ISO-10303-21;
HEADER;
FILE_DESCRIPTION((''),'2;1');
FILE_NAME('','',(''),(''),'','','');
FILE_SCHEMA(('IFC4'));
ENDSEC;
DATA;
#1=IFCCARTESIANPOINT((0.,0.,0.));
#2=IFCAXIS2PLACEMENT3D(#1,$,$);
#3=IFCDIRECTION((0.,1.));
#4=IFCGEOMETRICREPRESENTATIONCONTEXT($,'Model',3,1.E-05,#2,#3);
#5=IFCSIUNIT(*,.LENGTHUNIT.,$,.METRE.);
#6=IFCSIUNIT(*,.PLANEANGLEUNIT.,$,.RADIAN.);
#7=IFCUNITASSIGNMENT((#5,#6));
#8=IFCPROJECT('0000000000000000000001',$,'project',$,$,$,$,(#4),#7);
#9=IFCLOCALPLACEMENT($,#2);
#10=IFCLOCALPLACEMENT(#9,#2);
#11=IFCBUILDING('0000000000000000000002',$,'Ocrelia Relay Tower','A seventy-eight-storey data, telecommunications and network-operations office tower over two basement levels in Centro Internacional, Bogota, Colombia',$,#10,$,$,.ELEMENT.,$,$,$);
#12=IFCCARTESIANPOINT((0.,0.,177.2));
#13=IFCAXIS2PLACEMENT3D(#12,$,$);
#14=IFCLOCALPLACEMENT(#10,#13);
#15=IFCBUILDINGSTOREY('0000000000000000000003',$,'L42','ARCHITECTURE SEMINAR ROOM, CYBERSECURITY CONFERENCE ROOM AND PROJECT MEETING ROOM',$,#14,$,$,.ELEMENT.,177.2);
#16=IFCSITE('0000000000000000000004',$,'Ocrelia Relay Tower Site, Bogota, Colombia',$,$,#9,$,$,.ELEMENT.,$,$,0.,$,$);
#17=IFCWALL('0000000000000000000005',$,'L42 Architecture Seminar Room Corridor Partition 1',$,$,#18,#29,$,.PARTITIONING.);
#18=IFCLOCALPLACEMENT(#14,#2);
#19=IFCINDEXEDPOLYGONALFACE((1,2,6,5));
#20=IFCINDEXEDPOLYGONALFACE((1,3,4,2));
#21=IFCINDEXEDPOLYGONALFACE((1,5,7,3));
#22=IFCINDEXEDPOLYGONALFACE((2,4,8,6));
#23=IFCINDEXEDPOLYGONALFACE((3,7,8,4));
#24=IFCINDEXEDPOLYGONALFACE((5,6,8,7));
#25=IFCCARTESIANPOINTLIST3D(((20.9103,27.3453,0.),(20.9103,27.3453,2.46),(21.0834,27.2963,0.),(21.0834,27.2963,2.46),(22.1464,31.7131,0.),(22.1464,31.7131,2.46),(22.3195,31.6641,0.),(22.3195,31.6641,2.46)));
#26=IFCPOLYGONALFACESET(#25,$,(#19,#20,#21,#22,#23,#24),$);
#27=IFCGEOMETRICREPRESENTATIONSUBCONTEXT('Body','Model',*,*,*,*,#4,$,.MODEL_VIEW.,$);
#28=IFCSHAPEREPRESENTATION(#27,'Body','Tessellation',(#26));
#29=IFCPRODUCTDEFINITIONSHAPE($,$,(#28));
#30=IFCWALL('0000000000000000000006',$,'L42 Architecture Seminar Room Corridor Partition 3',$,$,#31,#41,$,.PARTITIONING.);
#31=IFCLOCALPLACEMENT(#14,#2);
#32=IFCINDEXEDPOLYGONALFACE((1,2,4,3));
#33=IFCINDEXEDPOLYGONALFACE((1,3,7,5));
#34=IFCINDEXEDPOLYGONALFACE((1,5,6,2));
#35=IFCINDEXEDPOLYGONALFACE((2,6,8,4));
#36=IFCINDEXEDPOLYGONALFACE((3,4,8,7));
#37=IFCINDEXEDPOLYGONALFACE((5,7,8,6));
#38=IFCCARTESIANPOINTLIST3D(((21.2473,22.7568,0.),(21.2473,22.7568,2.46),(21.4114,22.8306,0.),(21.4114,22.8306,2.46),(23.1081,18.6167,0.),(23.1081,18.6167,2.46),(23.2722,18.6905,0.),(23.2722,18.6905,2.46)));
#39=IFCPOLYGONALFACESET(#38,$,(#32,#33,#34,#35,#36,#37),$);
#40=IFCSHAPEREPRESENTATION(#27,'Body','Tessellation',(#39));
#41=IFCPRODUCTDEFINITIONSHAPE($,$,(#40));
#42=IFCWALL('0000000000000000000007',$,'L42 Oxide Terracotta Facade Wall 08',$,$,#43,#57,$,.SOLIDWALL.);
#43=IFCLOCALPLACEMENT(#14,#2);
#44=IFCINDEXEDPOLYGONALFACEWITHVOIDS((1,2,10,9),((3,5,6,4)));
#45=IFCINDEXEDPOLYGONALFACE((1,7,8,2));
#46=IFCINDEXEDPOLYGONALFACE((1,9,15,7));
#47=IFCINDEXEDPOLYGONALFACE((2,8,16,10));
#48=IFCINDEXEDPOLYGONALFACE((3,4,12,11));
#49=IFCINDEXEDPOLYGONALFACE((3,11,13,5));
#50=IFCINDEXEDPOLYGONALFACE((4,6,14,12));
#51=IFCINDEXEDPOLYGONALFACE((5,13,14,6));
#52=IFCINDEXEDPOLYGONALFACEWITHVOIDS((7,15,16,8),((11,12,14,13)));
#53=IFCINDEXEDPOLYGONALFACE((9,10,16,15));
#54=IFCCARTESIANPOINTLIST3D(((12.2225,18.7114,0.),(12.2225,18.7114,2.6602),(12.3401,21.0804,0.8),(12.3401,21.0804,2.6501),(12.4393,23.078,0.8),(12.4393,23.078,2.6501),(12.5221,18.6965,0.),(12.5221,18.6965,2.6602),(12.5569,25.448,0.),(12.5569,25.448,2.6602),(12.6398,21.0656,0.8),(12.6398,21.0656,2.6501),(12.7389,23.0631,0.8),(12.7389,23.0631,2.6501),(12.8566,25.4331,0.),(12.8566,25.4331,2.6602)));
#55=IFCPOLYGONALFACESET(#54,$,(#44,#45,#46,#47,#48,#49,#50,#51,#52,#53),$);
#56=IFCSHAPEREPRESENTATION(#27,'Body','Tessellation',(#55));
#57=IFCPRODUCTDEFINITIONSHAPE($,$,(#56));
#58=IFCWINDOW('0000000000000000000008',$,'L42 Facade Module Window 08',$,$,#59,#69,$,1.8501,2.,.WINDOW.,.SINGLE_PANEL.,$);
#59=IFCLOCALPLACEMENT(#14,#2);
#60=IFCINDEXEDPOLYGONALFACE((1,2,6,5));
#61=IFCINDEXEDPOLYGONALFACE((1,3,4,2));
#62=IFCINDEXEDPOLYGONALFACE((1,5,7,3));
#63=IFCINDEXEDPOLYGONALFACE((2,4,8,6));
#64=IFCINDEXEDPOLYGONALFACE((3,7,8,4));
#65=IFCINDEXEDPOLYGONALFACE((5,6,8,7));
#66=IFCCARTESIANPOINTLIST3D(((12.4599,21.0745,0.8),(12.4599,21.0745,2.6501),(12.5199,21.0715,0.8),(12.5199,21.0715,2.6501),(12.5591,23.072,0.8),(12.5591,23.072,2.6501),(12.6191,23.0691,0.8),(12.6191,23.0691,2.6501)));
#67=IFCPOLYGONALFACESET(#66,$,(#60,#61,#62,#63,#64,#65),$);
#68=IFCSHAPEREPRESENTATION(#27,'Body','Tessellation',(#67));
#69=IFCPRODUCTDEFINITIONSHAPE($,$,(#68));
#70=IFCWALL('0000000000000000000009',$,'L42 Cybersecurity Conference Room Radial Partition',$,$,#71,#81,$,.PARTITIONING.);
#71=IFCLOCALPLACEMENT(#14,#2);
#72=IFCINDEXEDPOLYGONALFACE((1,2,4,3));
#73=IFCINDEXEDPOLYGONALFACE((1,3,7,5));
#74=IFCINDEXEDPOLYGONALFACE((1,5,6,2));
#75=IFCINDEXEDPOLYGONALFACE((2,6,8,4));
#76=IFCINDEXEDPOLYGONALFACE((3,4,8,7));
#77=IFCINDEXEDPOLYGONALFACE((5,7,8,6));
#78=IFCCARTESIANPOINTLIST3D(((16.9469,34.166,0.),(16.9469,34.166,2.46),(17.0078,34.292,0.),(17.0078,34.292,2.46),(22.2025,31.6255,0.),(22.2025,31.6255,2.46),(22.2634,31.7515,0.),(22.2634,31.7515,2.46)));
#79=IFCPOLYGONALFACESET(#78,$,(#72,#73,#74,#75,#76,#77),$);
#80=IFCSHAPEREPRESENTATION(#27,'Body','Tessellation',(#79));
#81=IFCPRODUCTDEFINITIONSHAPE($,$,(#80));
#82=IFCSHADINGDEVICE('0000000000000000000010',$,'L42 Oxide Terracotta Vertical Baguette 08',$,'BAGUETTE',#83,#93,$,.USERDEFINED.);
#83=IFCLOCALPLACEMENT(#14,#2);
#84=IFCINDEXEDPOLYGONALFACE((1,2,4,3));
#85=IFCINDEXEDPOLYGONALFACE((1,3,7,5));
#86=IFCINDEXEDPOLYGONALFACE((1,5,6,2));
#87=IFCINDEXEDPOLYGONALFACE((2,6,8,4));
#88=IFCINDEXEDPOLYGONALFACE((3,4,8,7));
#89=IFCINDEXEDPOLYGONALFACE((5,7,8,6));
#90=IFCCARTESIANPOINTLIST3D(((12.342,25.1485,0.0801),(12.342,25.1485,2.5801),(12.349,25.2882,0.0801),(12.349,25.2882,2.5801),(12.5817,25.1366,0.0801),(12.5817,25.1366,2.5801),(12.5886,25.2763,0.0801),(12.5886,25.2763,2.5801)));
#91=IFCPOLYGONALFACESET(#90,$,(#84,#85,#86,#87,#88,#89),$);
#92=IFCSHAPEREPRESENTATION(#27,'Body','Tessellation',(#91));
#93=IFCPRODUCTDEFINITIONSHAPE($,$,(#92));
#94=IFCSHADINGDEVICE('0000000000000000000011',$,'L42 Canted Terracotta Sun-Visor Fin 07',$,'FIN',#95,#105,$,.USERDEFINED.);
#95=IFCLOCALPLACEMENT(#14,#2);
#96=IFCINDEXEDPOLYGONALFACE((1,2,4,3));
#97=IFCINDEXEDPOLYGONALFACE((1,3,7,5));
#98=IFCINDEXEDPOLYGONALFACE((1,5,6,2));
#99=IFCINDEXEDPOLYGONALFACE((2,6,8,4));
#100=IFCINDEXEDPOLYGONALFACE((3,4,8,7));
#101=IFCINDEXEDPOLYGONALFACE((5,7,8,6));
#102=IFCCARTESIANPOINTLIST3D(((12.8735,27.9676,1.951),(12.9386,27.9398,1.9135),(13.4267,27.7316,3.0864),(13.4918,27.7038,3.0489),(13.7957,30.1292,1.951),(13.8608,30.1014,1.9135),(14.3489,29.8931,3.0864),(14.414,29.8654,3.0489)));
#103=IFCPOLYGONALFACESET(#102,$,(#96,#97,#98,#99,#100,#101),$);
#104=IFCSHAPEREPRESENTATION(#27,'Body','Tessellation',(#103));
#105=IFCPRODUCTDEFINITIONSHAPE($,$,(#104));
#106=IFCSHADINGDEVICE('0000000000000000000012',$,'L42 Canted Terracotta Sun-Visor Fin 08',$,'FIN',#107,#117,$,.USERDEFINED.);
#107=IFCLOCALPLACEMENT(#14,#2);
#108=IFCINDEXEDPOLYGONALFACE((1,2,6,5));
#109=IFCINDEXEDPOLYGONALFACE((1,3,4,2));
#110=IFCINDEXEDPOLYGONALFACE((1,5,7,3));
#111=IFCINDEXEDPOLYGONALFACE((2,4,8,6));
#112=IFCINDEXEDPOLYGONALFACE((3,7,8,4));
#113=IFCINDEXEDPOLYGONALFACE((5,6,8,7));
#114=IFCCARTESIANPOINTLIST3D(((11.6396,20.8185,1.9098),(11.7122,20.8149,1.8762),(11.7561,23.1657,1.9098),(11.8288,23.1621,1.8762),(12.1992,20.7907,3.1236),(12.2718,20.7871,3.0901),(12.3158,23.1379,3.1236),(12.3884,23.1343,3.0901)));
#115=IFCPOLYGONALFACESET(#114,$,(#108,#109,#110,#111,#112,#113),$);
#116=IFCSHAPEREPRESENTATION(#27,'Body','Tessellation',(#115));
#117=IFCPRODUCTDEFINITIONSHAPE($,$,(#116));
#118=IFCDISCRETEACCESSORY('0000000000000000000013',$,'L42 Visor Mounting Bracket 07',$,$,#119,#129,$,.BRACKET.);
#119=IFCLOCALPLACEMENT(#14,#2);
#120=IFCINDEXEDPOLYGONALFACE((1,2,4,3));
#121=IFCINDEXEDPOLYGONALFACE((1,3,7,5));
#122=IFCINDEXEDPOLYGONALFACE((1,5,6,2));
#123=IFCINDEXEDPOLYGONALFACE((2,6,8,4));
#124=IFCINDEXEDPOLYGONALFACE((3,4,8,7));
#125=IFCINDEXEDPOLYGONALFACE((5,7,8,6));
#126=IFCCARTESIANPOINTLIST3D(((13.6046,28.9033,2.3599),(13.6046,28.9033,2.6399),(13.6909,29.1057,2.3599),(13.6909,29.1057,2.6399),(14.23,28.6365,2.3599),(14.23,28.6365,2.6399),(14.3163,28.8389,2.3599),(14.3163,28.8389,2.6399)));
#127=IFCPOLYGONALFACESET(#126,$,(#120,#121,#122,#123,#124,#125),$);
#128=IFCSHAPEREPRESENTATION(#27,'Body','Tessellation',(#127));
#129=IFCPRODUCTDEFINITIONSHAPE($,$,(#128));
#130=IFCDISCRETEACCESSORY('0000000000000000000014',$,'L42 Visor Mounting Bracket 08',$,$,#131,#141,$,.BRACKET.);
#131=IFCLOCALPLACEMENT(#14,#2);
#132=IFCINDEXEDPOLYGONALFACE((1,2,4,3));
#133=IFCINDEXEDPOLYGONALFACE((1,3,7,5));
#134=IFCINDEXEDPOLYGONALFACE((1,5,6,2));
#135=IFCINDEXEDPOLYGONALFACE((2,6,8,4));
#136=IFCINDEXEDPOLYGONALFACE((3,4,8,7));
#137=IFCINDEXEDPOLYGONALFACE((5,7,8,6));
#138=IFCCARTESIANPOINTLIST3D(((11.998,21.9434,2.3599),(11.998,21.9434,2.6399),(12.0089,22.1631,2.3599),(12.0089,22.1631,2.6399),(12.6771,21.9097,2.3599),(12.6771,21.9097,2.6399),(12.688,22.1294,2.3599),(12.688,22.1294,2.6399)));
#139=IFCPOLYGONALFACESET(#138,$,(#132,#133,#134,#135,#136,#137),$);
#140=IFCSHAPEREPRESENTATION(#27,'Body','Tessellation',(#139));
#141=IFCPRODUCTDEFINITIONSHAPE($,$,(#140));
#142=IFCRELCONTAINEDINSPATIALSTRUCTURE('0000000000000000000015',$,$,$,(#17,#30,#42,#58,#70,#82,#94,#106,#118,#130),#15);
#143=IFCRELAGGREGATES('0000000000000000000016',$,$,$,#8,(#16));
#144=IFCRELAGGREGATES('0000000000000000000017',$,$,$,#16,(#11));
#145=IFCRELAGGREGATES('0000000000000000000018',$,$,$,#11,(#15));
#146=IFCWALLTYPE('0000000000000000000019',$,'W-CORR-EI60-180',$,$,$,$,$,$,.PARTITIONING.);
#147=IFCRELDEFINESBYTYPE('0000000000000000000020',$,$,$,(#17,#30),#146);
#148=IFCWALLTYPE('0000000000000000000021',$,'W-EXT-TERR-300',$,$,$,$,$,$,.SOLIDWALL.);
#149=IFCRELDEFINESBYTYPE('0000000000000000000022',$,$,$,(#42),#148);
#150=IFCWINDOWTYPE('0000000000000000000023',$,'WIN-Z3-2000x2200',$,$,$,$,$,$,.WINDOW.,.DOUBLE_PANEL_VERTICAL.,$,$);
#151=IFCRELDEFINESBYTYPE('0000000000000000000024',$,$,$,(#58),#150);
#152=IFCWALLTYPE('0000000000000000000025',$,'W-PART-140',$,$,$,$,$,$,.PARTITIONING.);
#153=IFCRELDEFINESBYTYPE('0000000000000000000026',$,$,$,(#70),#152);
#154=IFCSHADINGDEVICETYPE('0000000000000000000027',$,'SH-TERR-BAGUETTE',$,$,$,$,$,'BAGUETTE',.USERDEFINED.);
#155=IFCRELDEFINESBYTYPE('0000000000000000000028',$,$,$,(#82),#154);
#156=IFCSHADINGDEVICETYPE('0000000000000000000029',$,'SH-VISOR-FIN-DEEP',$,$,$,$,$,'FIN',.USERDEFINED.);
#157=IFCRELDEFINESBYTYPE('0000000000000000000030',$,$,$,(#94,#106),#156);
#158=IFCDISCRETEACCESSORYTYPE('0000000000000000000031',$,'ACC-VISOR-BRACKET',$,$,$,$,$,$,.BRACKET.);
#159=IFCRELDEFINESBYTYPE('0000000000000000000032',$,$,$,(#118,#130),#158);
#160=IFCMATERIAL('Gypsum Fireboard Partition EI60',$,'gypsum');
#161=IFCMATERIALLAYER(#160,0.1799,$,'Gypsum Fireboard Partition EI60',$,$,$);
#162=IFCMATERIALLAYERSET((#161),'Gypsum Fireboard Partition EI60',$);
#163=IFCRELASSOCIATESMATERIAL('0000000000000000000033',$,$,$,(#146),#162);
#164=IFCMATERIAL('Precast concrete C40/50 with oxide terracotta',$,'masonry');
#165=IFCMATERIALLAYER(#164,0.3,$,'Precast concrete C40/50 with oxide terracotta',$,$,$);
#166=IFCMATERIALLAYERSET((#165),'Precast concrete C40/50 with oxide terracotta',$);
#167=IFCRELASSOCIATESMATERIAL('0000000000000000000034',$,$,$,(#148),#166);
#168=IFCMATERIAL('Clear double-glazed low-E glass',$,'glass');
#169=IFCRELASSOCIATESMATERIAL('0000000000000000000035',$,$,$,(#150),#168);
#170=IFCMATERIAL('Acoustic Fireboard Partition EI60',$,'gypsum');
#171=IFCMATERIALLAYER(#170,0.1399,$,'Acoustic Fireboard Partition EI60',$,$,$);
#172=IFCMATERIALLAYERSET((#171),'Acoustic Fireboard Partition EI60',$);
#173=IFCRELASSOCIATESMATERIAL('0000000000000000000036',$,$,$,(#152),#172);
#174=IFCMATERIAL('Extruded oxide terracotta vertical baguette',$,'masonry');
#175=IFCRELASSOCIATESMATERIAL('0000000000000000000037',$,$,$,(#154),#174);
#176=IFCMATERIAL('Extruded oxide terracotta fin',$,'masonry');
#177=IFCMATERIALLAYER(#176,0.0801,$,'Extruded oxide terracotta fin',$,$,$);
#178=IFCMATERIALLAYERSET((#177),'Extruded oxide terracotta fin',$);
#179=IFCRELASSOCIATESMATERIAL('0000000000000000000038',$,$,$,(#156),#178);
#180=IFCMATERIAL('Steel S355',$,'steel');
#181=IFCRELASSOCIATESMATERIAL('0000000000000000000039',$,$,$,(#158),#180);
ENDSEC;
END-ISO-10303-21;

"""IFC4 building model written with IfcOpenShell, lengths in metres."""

from ifc_helpers import new_model, si_unit, direction, frame, frame_2d, origin, origin_2d, place, context, subcontext, project, spatial, rectangle, extrude, material, layer, layer_set, type_object, element, fill, save


model = new_model("IFC4")

# Units and contexts
model_context = context("Model", 3, precision=1e-05, world=origin(), true_north=direction((0.0, 1.0)))
body_context = subcontext(model_context, "Body", "Model", "MODEL_VIEW")
ifc_project = project(units=[si_unit("LENGTHUNIT", "METRE"), si_unit("PLANEANGLEUNIT", "RADIAN")], contexts=[model_context])

# Site, building, storey
site_placement = place(None, origin())
site = spatial("IfcSite", under=ifc_project, at=site_placement, Name="Ocrelia Relay Tower Site, Bogota, Colombia", CompositionType="ELEMENT", RefElevation=0.0)
building_placement = place(site_placement, origin())
building = spatial("IfcBuilding", under=site, at=building_placement, Name="Ocrelia Relay Tower", Description="A seventy-eight-storey data, telecommunications and network-operations office tower over two basement levels in Centro Internacional, Bogota, Colombia", CompositionType="ELEMENT")
storey_placement = place(building_placement, frame((0.0, 0.0, 177.2)))
storey = spatial("IfcBuildingStorey", under=building, at=storey_placement, Name="L42", Description="ARCHITECTURE SEMINAR ROOM, CYBERSECURITY CONFERENCE ROOM AND PROJECT MEETING ROOM", CompositionType="ELEMENT", Elevation=177.2)

# Shared definitions
ifc_material_1 = material(Name="Steel S355", Category="steel")

# Wall
ifc_material_2 = material(Name="Gypsum Fireboard Partition EI60", Category="gypsum")
ifc_layer_1 = layer(ifc_material_2, 0.1799, Name="Gypsum Fireboard Partition EI60")
ifc_layer_set_1 = layer_set([ifc_layer_1], Name="Gypsum Fireboard Partition EI60")
wall_type_1 = type_object("IfcWallType", Name="W-CORR-EI60-180", PredefinedType="PARTITIONING", material=ifc_layer_set_1)
wall_1_placement = place(storey_placement, frame((22.2329, 31.6885, 0.0), z_axis=(0.0, 0.0, 1.0), x_axis=(-0.272312, -0.962209, 0.0)))
element("IfcWall", 1, at=wall_1_placement, inside=storey, type_object=wall_type_1, Name="L42 Architecture Seminar Room Corridor Partition 1", PredefinedType="PARTITIONING", context=body_context, shape_type="SweptSolid", body=[
    extrude(rectangle(XDim=4.5393, YDim=0.1799, at=frame_2d((2.2695, 0.0))), origin(), (0.0, 0.0, 1.0), 2.46),
])

# Wall
wall_2_placement = place(storey_placement, frame((21.3293, 22.7937, 0.0), z_axis=(0.0, 0.0, 1.0), x_axis=(0.409958, -0.912105, 0.0)))
element("IfcWall", 2, at=wall_2_placement, inside=storey, type_object=wall_type_1, Name="L42 Architecture Seminar Room Corridor Partition 3", PredefinedType="PARTITIONING", context=body_context, shape_type="SweptSolid", body=[
    extrude(rectangle(XDim=4.5391, YDim=0.1799, at=frame_2d((2.2695, 0.0))), origin(), (0.0, 0.0, 1.0), 2.46),
])

# Wall, opening, window
ifc_material_3 = material(Name="Precast concrete C40/50 with oxide terracotta", Category="masonry")
ifc_layer_2 = layer(ifc_material_3, 0.3, Name="Precast concrete C40/50 with oxide terracotta")
ifc_layer_set_2 = layer_set([ifc_layer_2], Name="Precast concrete C40/50 with oxide terracotta")
wall_type_2 = type_object("IfcWallType", Name="W-EXT-TERR-300", PredefinedType="SOLIDWALL", material=ifc_layer_set_2)
wall_3_placement = place(storey_placement, frame((12.7068, 25.4407, 0.0), z_axis=(0.0, 0.0, 1.0), x_axis=(-0.049589, -0.99877, 0.0)))
wall_3 = element("IfcWall", 3, at=wall_3_placement, inside=storey, type_object=wall_type_2, Name="L42 Oxide Terracotta Facade Wall 08", PredefinedType="SOLIDWALL", context=body_context, shape_type="SweptSolid", body=[
    extrude(rectangle(XDim=6.7449, YDim=0.3, at=frame_2d((3.3726, 0.0))), origin(), (0.0, 0.0, 1.0), 2.6602),
])
opening_1_placement = place(wall_3_placement, frame((2.373, 0.0, 0.8)))
opening_1 = element("IfcOpeningElement", 4, at=opening_1_placement, cuts=wall_3, PredefinedType="OPENING", context=body_context, shape_type="SweptSolid", body=[
    extrude(rectangle(XDim=2.0, YDim=1.8501, at=frame_2d((1.0, 0.925))), frame((0.0, 0.1602, 0.0), z_axis=(0.0, -1.0, 0.0), x_axis=(1.0, 0.0, 0.0)), (0.0, 0.0, 1.0), 0.3201),
])
ifc_material_4 = material(Name="Clear double-glazed low-E glass", Category="glass")
window_type = type_object("IfcWindowType", Name="WIN-Z3-2000x2200", PartitioningType="DOUBLE_PANEL_VERTICAL", PredefinedType="WINDOW", material=ifc_material_4)
window_placement = place(opening_1_placement, origin())
window = element("IfcWindow", 5, at=window_placement, inside=storey, type_object=window_type, Name="L42 Facade Module Window 08", OverallHeight=1.8501, OverallWidth=2.0, PartitioningType="SINGLE_PANEL", PredefinedType="WINDOW", context=body_context, shape_type="SweptSolid", body=[
    extrude(rectangle(XDim=2.0, YDim=1.8501, at=frame_2d((1.0, 0.925))), frame((0.0, 0.03, 0.0), z_axis=(0.0, -1.0, 0.0), x_axis=(1.0, 0.0, 0.0)), (0.0, 0.0, 1.0), 0.0601),
])
fill(opening_1, window)

# Wall
ifc_material_5 = material(Name="Acoustic Fireboard Partition EI60", Category="gypsum")
ifc_layer_3 = layer(ifc_material_5, 0.1399, Name="Acoustic Fireboard Partition EI60")
ifc_layer_set_3 = layer_set([ifc_layer_3], Name="Acoustic Fireboard Partition EI60")
wall_type_3 = type_object("IfcWallType", Name="W-PART-140", PredefinedType="PARTITIONING", material=ifc_layer_set_3)
wall_4_placement = place(storey_placement, frame((22.2329, 31.6885, 0.0), z_axis=(0.0, 0.0, 1.0), x_axis=(-0.900328, 0.435212, 0.0)))
element("IfcWall", 6, at=wall_4_placement, inside=storey, type_object=wall_type_3, Name="L42 Cybersecurity Conference Room Radial Partition", PredefinedType="PARTITIONING", context=body_context, shape_type="SweptSolid", body=[
    extrude(rectangle(XDim=5.8374, YDim=0.1399, at=frame_2d((2.9187, 0.0))), origin(), (0.0, 0.0, 1.0), 2.46),
])

# Shading devices
ifc_material_6 = material(Name="Extruded oxide terracotta vertical baguette", Category="masonry")
shading_device_type_1 = type_object("IfcShadingDeviceType", Name="SH-TERR-BAGUETTE", ElementType="BAGUETTE", PredefinedType="USERDEFINED", material=ifc_material_6)
shading_device_1_placement = place(storey_placement, frame((12.4653, 25.2124, 0.0801), z_axis=(0.0, 0.0, 1.0), x_axis=(-0.049607, -0.998769, 0.0)))
element("IfcShadingDevice", 7, at=shading_device_1_placement, inside=storey, type_object=shading_device_type_1, Name="L42 Oxide Terracotta Vertical Baguette 08", ObjectType="BAGUETTE", PredefinedType="USERDEFINED", context=body_context, shape_type="SweptSolid", body=[
    extrude(rectangle(XDim=0.1399, YDim=0.24, at=origin_2d()), origin(), (0.0, 0.0, 1.0), 2.5),
])
ifc_material_7 = material(Name="Extruded oxide terracotta fin", Category="masonry")
ifc_layer_4 = layer(ifc_material_7, 0.0801, Name="Extruded oxide terracotta fin")
ifc_layer_set_4 = layer_set([ifc_layer_4], Name="Extruded oxide terracotta fin")
shading_device_type_2 = type_object("IfcShadingDeviceType", Name="SH-VISOR-FIN-DEEP", ElementType="FIN", PredefinedType="USERDEFINED", material=ifc_layer_set_4)
shading_device_2_placement = place(storey_placement, frame((13.6763, 28.9026, 2.4812), z_axis=(-0.812803, 0.346769, 0.468084), x_axis=(-0.392413, -0.919789, 0.0)))
element("IfcShadingDevice", 8, at=shading_device_2_placement, inside=storey, type_object=shading_device_type_2, Name="L42 Canted Terracotta Sun-Visor Fin 07", ObjectType="FIN", PredefinedType="USERDEFINED", context=body_context, shape_type="SweptSolid", body=[
    extrude(rectangle(XDim=2.3501, YDim=1.2849, at=origin_2d()), origin(), (0.0, 0.0, 1.0), 0.0801),
])
shading_device_3_placement = place(storey_placement, frame((12.0503, 21.9746, 2.4832), z_axis=(-0.906806, 0.045039, 0.419135), x_axis=(-0.049607, -0.998769, 0.0)))
element("IfcShadingDevice", 9, at=shading_device_3_placement, inside=storey, type_object=shading_device_type_2, Name="L42 Canted Terracotta Sun-Visor Fin 08", ObjectType="FIN", PredefinedType="USERDEFINED", context=body_context, shape_type="SweptSolid", body=[
    extrude(rectangle(XDim=2.3501, YDim=1.3369, at=origin_2d()), origin(), (0.0, 0.0, 1.0), 0.0801),
])

# Discrete accessories
discrete_accessory_type = type_object("IfcDiscreteAccessoryType", Name="ACC-VISOR-BRACKET", PredefinedType="BRACKET", material=ifc_material_1)
for number, where, z_axis, x_axis, name in (
    (10, (13.9604, 28.8711, 2.3599), (0.0, 0.0, 1.0), (-0.392413, -0.919789, 0.0), "L42 Visor Mounting Bracket 07"),
    (11, (12.343, 22.0364, 2.3599), (0.0, 0.0, 1.0), (-0.049607, -0.998769, 0.0), "L42 Visor Mounting Bracket 08"),
):
    element("IfcDiscreteAccessory", number, at=place(storey_placement, frame(where, z_axis=z_axis, x_axis=x_axis)), inside=storey, type_object=discrete_accessory_type, Name=name, PredefinedType="BRACKET", context=body_context, shape_type="SweptSolid", body=[
        extrude(rectangle(XDim=0.22, YDim=0.6799, at=origin_2d()), origin(), (0.0, 0.0, 1.0), 0.28),
    ])

save(model, "model.ifc")
